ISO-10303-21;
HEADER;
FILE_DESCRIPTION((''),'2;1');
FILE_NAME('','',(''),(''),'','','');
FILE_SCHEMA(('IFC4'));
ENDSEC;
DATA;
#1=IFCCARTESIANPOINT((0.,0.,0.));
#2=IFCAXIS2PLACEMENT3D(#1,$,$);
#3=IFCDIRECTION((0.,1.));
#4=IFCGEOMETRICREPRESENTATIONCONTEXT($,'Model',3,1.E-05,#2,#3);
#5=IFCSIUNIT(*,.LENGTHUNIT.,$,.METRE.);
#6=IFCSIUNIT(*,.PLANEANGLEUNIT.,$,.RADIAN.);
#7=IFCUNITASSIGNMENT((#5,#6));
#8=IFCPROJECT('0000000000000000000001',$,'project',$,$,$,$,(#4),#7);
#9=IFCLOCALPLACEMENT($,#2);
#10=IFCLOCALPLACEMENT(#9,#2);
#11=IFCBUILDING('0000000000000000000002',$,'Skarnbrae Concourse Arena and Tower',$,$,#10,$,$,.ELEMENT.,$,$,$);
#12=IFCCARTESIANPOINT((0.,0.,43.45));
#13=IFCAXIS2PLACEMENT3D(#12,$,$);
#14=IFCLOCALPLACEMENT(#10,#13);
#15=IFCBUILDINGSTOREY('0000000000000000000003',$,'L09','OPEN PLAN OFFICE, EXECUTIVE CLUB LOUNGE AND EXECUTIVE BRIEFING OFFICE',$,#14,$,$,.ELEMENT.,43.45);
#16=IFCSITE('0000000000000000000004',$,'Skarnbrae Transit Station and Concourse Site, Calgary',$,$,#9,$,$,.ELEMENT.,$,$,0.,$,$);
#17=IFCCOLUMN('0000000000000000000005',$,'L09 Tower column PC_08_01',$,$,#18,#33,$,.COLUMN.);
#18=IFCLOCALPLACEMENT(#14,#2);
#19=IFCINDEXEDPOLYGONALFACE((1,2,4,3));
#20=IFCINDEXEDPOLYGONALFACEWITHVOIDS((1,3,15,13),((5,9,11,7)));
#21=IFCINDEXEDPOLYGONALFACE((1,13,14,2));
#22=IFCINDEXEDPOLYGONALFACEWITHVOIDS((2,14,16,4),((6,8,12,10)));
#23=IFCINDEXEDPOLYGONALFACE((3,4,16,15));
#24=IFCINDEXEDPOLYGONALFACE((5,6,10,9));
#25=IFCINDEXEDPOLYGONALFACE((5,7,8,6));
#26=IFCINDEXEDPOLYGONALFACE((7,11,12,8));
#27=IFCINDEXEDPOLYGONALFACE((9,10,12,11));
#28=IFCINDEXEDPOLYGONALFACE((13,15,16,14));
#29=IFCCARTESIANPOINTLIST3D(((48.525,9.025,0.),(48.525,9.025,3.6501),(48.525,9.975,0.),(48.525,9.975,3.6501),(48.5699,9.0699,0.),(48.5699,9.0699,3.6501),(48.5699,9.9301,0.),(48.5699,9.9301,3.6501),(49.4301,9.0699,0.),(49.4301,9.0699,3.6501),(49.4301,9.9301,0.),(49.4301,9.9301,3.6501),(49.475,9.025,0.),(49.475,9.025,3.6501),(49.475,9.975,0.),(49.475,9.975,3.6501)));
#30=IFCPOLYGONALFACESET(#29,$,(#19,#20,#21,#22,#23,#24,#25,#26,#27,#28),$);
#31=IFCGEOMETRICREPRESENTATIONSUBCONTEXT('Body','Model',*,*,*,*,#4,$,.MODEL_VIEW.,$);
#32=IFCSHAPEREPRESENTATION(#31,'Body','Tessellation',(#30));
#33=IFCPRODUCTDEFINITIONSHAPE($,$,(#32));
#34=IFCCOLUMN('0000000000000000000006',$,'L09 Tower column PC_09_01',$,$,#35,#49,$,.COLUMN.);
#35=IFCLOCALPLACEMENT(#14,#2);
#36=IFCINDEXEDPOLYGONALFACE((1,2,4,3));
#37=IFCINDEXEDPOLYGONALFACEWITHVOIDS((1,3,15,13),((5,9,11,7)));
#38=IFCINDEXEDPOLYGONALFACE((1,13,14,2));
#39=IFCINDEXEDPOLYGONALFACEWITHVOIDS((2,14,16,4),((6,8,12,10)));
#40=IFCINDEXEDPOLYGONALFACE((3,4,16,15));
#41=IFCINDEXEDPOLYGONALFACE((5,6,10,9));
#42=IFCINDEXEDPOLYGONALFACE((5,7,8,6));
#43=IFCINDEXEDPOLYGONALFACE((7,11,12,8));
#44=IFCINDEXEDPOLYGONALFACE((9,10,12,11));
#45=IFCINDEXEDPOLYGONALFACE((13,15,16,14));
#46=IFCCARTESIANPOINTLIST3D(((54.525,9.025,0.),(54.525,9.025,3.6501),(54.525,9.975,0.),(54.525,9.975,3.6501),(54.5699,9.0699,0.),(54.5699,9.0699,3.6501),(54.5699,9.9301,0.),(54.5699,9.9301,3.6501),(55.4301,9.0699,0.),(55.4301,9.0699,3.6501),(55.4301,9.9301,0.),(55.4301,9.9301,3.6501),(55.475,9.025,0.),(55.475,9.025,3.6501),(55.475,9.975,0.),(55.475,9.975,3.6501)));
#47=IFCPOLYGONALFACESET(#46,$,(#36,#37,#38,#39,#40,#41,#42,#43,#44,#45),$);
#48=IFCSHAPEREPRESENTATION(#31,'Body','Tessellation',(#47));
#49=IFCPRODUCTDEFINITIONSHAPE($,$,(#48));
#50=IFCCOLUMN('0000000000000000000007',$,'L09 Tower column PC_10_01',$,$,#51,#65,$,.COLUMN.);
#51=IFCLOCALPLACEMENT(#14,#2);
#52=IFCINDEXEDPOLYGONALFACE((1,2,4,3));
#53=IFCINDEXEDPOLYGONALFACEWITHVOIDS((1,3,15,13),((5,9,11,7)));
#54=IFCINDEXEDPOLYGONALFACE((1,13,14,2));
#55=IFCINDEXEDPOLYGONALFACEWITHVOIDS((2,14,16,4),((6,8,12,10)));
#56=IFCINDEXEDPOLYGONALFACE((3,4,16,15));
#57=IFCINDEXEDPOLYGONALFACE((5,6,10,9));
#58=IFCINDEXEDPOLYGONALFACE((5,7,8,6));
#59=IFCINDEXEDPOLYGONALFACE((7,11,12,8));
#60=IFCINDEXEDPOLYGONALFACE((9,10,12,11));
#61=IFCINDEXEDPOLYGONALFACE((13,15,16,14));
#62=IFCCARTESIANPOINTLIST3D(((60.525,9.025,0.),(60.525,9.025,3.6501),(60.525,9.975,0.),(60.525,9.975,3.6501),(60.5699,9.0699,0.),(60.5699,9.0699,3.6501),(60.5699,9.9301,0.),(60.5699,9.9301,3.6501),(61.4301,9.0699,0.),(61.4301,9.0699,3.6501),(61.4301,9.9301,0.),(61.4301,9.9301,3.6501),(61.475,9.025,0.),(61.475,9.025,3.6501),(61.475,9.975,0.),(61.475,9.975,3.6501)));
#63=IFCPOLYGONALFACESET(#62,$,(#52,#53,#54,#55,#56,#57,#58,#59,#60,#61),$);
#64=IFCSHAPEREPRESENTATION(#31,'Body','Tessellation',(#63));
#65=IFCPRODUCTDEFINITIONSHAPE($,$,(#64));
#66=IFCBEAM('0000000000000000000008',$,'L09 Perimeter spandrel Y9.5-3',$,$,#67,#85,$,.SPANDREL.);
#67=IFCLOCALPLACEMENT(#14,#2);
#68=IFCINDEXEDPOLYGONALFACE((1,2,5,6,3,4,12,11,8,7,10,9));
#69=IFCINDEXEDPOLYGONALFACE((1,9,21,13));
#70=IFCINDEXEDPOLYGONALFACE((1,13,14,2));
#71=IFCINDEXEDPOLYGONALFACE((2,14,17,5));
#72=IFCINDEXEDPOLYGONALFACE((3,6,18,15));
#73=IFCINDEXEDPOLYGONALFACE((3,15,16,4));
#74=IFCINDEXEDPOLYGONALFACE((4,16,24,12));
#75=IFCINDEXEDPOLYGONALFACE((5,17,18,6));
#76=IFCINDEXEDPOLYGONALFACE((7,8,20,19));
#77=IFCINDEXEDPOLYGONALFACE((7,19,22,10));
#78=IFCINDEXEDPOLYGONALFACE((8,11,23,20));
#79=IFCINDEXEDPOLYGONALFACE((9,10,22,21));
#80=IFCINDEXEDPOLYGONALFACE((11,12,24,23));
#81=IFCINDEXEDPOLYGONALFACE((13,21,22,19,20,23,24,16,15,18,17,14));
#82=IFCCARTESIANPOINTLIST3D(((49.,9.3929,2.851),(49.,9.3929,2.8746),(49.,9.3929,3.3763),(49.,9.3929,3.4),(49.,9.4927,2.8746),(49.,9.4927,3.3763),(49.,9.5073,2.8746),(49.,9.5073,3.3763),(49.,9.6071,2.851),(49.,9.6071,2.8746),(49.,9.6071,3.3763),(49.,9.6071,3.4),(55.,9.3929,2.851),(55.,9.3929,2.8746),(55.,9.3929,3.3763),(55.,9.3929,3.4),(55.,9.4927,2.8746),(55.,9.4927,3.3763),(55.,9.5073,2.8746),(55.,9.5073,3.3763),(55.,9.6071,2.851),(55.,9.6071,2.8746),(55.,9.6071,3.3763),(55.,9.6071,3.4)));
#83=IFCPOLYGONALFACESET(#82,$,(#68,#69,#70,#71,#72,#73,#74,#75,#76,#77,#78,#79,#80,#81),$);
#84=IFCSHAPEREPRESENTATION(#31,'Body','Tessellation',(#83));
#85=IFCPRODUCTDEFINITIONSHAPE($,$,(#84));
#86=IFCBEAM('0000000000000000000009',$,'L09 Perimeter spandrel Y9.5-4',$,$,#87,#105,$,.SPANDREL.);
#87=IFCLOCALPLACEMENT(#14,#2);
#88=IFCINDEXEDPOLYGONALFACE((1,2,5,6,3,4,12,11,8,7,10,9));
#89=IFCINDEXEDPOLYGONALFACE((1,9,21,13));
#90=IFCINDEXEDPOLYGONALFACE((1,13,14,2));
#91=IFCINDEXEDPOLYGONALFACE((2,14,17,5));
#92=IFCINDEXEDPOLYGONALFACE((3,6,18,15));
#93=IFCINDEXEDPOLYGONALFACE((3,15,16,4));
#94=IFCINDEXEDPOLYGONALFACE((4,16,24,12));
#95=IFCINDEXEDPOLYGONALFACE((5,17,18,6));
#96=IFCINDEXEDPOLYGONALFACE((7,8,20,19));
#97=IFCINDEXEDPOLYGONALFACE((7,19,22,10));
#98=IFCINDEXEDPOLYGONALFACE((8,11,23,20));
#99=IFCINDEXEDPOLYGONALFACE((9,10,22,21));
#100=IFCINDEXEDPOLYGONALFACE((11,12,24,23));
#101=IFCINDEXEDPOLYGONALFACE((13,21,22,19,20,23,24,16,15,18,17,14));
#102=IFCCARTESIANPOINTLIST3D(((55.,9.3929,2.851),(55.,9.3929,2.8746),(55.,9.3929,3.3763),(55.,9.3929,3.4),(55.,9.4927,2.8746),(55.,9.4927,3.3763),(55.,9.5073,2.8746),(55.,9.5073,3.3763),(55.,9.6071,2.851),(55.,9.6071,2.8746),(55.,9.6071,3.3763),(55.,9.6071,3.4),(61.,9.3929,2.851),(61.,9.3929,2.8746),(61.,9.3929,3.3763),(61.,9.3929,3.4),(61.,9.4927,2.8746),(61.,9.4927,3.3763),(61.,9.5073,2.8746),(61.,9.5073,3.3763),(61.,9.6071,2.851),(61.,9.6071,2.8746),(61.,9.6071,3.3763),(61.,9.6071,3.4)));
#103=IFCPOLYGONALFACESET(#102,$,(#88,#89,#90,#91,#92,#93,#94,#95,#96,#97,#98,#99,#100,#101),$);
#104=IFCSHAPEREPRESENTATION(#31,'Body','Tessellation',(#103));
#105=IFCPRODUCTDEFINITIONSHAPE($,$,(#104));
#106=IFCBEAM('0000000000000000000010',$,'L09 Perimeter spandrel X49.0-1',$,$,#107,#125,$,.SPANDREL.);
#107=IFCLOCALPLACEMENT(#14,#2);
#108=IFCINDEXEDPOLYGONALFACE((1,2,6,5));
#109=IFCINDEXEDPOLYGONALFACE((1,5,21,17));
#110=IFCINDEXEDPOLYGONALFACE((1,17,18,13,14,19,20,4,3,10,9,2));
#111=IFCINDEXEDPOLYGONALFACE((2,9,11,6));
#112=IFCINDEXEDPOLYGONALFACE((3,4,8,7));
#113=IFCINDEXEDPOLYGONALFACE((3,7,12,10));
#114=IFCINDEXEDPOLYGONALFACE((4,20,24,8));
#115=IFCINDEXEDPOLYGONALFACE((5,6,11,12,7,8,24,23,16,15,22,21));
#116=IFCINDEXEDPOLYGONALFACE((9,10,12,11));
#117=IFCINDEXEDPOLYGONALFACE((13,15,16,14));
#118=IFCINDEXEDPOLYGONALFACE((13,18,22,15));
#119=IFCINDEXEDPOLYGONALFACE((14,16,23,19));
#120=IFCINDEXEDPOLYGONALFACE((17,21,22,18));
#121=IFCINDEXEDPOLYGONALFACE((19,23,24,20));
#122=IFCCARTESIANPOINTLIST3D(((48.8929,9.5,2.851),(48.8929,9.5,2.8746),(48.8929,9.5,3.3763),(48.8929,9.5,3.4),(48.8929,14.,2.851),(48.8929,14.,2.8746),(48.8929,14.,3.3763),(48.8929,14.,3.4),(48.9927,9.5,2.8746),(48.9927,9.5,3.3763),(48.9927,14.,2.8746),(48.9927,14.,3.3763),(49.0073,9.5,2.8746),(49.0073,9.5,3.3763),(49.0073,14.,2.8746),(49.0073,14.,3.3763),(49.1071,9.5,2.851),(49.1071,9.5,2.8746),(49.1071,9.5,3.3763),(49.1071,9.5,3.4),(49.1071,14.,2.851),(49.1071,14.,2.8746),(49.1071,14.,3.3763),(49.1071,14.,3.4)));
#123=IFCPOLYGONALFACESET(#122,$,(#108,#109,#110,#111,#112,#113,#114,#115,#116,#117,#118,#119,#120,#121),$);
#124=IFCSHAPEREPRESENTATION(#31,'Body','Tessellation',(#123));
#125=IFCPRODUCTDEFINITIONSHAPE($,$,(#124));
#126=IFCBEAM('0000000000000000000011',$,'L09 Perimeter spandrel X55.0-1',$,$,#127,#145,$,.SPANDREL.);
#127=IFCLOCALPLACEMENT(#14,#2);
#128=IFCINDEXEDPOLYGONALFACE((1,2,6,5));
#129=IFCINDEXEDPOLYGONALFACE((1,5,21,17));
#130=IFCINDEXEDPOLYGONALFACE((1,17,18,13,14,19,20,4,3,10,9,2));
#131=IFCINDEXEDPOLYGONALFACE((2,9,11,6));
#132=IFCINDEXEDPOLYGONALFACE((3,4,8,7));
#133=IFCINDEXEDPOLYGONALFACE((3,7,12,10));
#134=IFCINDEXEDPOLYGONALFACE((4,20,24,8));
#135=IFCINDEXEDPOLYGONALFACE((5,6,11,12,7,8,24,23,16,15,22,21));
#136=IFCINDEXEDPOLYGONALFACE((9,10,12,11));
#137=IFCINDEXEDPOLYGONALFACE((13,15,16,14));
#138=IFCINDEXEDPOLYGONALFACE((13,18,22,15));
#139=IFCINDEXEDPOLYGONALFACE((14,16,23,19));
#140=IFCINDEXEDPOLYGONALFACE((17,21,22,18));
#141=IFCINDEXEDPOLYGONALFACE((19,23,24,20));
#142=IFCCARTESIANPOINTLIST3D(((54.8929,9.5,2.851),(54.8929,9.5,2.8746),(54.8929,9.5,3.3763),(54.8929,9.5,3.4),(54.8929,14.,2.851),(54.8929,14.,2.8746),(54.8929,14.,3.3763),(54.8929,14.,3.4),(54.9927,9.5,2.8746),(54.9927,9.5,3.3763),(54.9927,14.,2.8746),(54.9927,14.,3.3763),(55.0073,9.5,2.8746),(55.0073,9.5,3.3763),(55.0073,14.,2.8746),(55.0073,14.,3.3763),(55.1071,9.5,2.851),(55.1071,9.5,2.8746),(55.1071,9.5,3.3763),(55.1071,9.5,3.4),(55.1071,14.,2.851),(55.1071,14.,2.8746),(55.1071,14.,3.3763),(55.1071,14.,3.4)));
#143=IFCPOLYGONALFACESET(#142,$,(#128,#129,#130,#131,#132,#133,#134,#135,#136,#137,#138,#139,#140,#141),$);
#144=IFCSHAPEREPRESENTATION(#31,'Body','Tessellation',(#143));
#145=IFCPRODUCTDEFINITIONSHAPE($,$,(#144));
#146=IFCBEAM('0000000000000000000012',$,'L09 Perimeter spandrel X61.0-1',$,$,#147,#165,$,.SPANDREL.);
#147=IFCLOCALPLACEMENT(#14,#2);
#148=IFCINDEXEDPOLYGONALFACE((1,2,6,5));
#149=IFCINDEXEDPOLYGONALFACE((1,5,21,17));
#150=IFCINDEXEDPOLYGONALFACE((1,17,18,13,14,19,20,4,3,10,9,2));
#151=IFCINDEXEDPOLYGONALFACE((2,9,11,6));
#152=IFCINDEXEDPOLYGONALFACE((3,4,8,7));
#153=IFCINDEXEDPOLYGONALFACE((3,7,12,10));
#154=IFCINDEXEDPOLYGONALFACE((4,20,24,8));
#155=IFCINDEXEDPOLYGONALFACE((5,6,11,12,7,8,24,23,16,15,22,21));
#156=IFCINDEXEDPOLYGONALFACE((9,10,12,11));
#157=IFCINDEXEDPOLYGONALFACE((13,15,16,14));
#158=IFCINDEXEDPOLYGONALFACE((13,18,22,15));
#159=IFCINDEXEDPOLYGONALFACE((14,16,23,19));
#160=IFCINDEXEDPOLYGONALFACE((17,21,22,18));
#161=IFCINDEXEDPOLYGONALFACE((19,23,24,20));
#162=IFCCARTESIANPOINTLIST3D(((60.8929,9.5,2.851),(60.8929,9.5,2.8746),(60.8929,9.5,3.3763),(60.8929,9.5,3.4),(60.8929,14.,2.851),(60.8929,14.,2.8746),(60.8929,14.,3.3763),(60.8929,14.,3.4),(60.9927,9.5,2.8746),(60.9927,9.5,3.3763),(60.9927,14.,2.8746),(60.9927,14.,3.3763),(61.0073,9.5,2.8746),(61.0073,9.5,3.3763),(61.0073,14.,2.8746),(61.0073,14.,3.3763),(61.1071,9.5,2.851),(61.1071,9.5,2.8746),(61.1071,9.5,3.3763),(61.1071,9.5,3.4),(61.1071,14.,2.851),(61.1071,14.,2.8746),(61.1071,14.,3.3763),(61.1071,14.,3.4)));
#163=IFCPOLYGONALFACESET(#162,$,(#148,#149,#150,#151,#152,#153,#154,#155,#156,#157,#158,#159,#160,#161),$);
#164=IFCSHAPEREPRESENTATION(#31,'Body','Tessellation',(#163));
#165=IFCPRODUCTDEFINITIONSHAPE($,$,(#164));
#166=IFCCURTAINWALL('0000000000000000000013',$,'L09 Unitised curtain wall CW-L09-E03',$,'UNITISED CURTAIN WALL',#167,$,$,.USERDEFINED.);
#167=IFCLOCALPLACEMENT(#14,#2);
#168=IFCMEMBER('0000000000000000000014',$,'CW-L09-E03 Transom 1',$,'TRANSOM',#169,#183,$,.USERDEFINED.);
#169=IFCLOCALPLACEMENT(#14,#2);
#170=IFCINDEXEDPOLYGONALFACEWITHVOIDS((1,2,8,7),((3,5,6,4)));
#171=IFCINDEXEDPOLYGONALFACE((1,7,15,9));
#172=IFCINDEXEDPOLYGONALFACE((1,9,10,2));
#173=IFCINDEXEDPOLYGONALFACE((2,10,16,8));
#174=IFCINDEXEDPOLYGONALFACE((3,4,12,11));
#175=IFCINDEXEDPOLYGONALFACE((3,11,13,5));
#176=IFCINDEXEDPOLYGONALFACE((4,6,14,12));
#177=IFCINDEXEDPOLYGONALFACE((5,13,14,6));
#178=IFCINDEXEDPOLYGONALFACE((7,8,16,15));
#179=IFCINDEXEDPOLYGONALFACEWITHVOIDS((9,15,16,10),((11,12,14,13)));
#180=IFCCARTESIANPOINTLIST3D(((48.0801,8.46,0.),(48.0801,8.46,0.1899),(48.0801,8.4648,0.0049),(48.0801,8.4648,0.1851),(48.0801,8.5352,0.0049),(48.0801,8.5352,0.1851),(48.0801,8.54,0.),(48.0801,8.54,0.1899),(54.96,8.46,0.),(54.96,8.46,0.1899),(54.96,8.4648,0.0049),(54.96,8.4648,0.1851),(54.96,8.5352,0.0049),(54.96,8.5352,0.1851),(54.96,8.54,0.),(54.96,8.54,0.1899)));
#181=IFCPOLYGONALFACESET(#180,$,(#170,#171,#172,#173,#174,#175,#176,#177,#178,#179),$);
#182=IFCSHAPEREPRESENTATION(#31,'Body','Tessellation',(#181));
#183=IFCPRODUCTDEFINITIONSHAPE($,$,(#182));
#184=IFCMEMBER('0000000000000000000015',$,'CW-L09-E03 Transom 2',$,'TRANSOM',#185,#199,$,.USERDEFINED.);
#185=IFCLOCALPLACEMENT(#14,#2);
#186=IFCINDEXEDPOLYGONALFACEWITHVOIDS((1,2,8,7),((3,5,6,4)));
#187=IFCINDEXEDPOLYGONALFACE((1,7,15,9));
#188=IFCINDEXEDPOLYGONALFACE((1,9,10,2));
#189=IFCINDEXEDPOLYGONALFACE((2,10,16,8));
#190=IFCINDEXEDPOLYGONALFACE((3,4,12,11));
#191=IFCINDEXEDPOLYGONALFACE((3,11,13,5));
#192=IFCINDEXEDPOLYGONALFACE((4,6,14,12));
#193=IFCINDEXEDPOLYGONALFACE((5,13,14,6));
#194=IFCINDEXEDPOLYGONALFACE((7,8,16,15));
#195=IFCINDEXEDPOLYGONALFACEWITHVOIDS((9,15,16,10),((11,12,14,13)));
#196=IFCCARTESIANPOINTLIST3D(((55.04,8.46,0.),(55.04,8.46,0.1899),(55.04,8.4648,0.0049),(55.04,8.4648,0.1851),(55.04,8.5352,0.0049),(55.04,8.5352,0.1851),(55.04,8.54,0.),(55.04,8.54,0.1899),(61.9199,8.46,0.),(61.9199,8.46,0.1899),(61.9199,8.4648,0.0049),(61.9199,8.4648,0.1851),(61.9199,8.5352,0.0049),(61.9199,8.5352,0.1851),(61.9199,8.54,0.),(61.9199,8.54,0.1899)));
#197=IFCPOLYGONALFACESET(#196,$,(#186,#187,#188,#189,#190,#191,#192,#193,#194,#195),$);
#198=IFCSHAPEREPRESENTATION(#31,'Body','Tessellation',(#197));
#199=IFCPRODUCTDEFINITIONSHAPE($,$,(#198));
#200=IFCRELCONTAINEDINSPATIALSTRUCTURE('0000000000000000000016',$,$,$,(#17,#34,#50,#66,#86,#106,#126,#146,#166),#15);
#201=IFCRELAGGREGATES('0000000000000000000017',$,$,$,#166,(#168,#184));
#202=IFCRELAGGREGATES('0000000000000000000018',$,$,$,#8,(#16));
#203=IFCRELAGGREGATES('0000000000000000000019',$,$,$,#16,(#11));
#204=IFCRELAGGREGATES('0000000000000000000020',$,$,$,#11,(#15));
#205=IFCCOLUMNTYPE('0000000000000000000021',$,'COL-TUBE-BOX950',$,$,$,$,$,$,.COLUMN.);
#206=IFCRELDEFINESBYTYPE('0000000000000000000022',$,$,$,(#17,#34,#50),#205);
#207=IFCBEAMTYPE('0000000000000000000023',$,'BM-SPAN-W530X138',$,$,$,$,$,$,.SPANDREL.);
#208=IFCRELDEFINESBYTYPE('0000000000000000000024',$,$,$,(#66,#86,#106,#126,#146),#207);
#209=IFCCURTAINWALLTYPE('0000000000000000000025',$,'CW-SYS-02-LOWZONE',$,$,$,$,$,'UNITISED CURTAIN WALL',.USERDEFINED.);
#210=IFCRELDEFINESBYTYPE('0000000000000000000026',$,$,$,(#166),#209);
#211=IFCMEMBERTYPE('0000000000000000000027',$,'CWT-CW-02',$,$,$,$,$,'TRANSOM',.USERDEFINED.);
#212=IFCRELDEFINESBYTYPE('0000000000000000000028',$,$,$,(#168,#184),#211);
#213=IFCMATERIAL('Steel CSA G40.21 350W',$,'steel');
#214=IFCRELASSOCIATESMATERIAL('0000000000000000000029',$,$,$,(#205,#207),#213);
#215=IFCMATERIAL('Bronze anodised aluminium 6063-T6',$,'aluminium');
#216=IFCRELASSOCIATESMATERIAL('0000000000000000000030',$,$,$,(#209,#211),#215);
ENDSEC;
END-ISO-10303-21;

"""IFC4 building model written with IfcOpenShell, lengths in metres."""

from ifc_helpers import new_model, si_unit, direction, frame, origin, origin_2d, place, context, subcontext, project, spatial, hollow_rectangle, i_section, extrude, source, transform, mapped, material, material_profile, profile_set, type_object, element, aggregate, save


model = new_model("IFC4")

# Units and contexts
model_context = context("Model", 3, precision=1e-05, world=origin(), true_north=direction((0.0, 1.0)))
body_context = subcontext(model_context, "Body", "Model", "MODEL_VIEW")
ifc_project = project(units=[si_unit("LENGTHUNIT", "METRE"), si_unit("PLANEANGLEUNIT", "RADIAN")], contexts=[model_context])

# Site, building, storey
site_placement = place(None, origin())
site = spatial("IfcSite", under=ifc_project, at=site_placement, Name="Skarnbrae Transit Station and Concourse Site, Calgary", CompositionType="ELEMENT", RefElevation=0.0)
building_placement = place(site_placement, origin())
building = spatial("IfcBuilding", under=site, at=building_placement, Name="Skarnbrae Concourse Arena and Tower", CompositionType="ELEMENT")
storey_placement = place(building_placement, frame((0.0, 0.0, 43.45)))
storey = spatial("IfcBuildingStorey", under=building, at=storey_placement, Name="L09", Description="OPEN PLAN OFFICE, EXECUTIVE CLUB LOUNGE AND EXECUTIVE BRIEFING OFFICE", CompositionType="ELEMENT", Elevation=43.45)

# Columns
ifc_material_1 = material(Name="Steel CSA G40.21 350W", Category="steel")
ifc_material_profile_1 = material_profile(ifc_material_1, hollow_rectangle(XDim=0.95, YDim=0.95, WallThickness=0.0449, at=origin_2d()), Name="BOX950X950X45")
ifc_profile_set_1 = profile_set([ifc_material_profile_1], Name="Steel CSA G40.21 350W")
column_type = type_object("IfcColumnType", Name="COL-TUBE-BOX950", PredefinedType="COLUMN", material=ifc_profile_set_1)
shared_shape_1 = source(origin(), body_context, "Body", "SweptSolid", [
    extrude(hollow_rectangle(XDim=0.95, YDim=0.95, WallThickness=0.0449, at=origin_2d()), origin(), (0.0, 0.0, 1.0), 3.6501),
])
for number, where, z_axis, x_axis, name in (
    (1, (49.0, 9.5, 0.0), (0.0, 0.0, 1.0), (1.0, 0.0, 0.0), "L09 Tower column PC_08_01"),
    (2, (55.0, 9.5, 0.0), (0.0, 0.0, 1.0), (1.0, 0.0, 0.0), "L09 Tower column PC_09_01"),
    (3, (61.0, 9.5, 0.0), (0.0, 0.0, 1.0), (1.0, 0.0, 0.0), "L09 Tower column PC_10_01"),
):
    element("IfcColumn", number, at=place(storey_placement, frame(where, z_axis=z_axis, x_axis=x_axis)), inside=storey, type_object=column_type, Name=name, PredefinedType="COLUMN", context=body_context, shape_type="MappedRepresentation", body=[
        mapped(shared_shape_1, transform((0.0, 0.0, 0.0))),
    ])

# Beams
ifc_material_profile_2 = material_profile(ifc_material_1, i_section(OverallWidth=0.2141, OverallDepth=0.5491, WebThickness=0.0146, FlangeThickness=0.0237, at=origin_2d()), Name="W530X138")
ifc_profile_set_2 = profile_set([ifc_material_profile_2], Name="Steel CSA G40.21 350W")
beam_type = type_object("IfcBeamType", Name="BM-SPAN-W530X138", PredefinedType="SPANDREL", material=ifc_profile_set_2)
shared_shape_2 = source(origin(), body_context, "Body", "SweptSolid", [
    extrude(i_section(OverallWidth=0.2141, OverallDepth=0.5491, WebThickness=0.0146, FlangeThickness=0.0237, at=origin_2d()), origin(), (0.0, 0.0, 1.0), 6.0),
])
for number, where, z_axis, x_axis, name in (
    (4, (49.0, 9.5, 3.1255), (1.0, 0.0, 0.0), (0.0, 1.0, 0.0), "L09 Perimeter spandrel Y9.5-3"),
    (5, (55.0, 9.5, 3.1255), (1.0, 0.0, 0.0), (0.0, 1.0, 0.0), "L09 Perimeter spandrel Y9.5-4"),
):
    element("IfcBeam", number, at=place(storey_placement, frame(where, z_axis=z_axis, x_axis=x_axis)), inside=storey, type_object=beam_type, Name=name, PredefinedType="SPANDREL", context=body_context, shape_type="MappedRepresentation", body=[
        mapped(shared_shape_2, transform((0.0, 0.0, 0.0))),
    ])
shared_shape_3 = source(origin(), body_context, "Body", "SweptSolid", [
    extrude(i_section(OverallWidth=0.2141, OverallDepth=0.5491, WebThickness=0.0146, FlangeThickness=0.0237, at=origin_2d()), origin(), (0.0, 0.0, 1.0), 4.5),
])
for number, where, z_axis, x_axis, name in (
    (6, (49.0, 9.5, 3.1255), (0.0, 1.0, 0.0), (-1.0, 0.0, 0.0), "L09 Perimeter spandrel X49.0-1"),
    (7, (55.0, 9.5, 3.1255), (0.0, 1.0, 0.0), (-1.0, 0.0, 0.0), "L09 Perimeter spandrel X55.0-1"),
    (8, (61.0, 9.5, 3.1255), (0.0, 1.0, 0.0), (-1.0, 0.0, 0.0), "L09 Perimeter spandrel X61.0-1"),
):
    element("IfcBeam", number, at=place(storey_placement, frame(where, z_axis=z_axis, x_axis=x_axis)), inside=storey, type_object=beam_type, Name=name, PredefinedType="SPANDREL", context=body_context, shape_type="MappedRepresentation", body=[
        mapped(shared_shape_3, transform((0.0, 0.0, 0.0))),
    ])

# Curtain wall, members
ifc_material_2 = material(Name="Bronze anodised aluminium 6063-T6", Category="aluminium")
curtain_wall_type = type_object("IfcCurtainWallType", Name="CW-SYS-02-LOWZONE", ElementType="UNITISED CURTAIN WALL", PredefinedType="USERDEFINED", material=ifc_material_2)
curtain_wall_1_placement = place(storey_placement, origin())
curtain_wall_1 = element("IfcCurtainWall", 9, at=curtain_wall_1_placement, inside=storey, type_object=curtain_wall_type, Name="L09 Unitised curtain wall CW-L09-E03", ObjectType="UNITISED CURTAIN WALL", PredefinedType="USERDEFINED")
ifc_material_profile_3 = material_profile(ifc_material_2, hollow_rectangle(XDim=0.0801, YDim=0.1899, WallThickness=0.0049, at=origin_2d()), Name="ALU-TRAN-80X190")
ifc_profile_set_3 = profile_set([ifc_material_profile_3], Name="Bronze anodised aluminium 6063-T6")
member_type_1 = type_object("IfcMemberType", Name="CWT-CW-02", ElementType="TRANSOM", PredefinedType="USERDEFINED", material=ifc_profile_set_3)
shared_shape_4 = source(origin(), body_context, "Body", "SweptSolid", [
    extrude(hollow_rectangle(XDim=0.0801, YDim=0.1899, WallThickness=0.0049, at=origin_2d()), origin(), (0.0, 0.0, 1.0), 6.8799),
])
member_1_placement = place(storey_placement, frame((48.0801, 8.5, 0.095), z_axis=(1.0, 0.0, 0.0), x_axis=(0.0, 1.0, 0.0)))
member_1 = element("IfcMember", 10, at=member_1_placement, type_object=member_type_1, Name="CW-L09-E03 Transom 1", ObjectType="TRANSOM", PredefinedType="USERDEFINED", context=body_context, shape_type="MappedRepresentation", body=[
    mapped(shared_shape_4, transform((0.0, 0.0, 0.0))),
])
member_2_placement = place(storey_placement, frame((55.04, 8.5, 0.095), z_axis=(1.0, 0.0, 0.0), x_axis=(0.0, 1.0, 0.0)))
member_2 = element("IfcMember", 11, at=member_2_placement, type_object=member_type_1, Name="CW-L09-E03 Transom 2", ObjectType="TRANSOM", PredefinedType="USERDEFINED", context=body_context, shape_type="MappedRepresentation", body=[
    mapped(shared_shape_4, transform((0.0, 0.0, 0.0))),
])

aggregate(curtain_wall_1, [member_1, member_2])

save(model, "model.ifc")
